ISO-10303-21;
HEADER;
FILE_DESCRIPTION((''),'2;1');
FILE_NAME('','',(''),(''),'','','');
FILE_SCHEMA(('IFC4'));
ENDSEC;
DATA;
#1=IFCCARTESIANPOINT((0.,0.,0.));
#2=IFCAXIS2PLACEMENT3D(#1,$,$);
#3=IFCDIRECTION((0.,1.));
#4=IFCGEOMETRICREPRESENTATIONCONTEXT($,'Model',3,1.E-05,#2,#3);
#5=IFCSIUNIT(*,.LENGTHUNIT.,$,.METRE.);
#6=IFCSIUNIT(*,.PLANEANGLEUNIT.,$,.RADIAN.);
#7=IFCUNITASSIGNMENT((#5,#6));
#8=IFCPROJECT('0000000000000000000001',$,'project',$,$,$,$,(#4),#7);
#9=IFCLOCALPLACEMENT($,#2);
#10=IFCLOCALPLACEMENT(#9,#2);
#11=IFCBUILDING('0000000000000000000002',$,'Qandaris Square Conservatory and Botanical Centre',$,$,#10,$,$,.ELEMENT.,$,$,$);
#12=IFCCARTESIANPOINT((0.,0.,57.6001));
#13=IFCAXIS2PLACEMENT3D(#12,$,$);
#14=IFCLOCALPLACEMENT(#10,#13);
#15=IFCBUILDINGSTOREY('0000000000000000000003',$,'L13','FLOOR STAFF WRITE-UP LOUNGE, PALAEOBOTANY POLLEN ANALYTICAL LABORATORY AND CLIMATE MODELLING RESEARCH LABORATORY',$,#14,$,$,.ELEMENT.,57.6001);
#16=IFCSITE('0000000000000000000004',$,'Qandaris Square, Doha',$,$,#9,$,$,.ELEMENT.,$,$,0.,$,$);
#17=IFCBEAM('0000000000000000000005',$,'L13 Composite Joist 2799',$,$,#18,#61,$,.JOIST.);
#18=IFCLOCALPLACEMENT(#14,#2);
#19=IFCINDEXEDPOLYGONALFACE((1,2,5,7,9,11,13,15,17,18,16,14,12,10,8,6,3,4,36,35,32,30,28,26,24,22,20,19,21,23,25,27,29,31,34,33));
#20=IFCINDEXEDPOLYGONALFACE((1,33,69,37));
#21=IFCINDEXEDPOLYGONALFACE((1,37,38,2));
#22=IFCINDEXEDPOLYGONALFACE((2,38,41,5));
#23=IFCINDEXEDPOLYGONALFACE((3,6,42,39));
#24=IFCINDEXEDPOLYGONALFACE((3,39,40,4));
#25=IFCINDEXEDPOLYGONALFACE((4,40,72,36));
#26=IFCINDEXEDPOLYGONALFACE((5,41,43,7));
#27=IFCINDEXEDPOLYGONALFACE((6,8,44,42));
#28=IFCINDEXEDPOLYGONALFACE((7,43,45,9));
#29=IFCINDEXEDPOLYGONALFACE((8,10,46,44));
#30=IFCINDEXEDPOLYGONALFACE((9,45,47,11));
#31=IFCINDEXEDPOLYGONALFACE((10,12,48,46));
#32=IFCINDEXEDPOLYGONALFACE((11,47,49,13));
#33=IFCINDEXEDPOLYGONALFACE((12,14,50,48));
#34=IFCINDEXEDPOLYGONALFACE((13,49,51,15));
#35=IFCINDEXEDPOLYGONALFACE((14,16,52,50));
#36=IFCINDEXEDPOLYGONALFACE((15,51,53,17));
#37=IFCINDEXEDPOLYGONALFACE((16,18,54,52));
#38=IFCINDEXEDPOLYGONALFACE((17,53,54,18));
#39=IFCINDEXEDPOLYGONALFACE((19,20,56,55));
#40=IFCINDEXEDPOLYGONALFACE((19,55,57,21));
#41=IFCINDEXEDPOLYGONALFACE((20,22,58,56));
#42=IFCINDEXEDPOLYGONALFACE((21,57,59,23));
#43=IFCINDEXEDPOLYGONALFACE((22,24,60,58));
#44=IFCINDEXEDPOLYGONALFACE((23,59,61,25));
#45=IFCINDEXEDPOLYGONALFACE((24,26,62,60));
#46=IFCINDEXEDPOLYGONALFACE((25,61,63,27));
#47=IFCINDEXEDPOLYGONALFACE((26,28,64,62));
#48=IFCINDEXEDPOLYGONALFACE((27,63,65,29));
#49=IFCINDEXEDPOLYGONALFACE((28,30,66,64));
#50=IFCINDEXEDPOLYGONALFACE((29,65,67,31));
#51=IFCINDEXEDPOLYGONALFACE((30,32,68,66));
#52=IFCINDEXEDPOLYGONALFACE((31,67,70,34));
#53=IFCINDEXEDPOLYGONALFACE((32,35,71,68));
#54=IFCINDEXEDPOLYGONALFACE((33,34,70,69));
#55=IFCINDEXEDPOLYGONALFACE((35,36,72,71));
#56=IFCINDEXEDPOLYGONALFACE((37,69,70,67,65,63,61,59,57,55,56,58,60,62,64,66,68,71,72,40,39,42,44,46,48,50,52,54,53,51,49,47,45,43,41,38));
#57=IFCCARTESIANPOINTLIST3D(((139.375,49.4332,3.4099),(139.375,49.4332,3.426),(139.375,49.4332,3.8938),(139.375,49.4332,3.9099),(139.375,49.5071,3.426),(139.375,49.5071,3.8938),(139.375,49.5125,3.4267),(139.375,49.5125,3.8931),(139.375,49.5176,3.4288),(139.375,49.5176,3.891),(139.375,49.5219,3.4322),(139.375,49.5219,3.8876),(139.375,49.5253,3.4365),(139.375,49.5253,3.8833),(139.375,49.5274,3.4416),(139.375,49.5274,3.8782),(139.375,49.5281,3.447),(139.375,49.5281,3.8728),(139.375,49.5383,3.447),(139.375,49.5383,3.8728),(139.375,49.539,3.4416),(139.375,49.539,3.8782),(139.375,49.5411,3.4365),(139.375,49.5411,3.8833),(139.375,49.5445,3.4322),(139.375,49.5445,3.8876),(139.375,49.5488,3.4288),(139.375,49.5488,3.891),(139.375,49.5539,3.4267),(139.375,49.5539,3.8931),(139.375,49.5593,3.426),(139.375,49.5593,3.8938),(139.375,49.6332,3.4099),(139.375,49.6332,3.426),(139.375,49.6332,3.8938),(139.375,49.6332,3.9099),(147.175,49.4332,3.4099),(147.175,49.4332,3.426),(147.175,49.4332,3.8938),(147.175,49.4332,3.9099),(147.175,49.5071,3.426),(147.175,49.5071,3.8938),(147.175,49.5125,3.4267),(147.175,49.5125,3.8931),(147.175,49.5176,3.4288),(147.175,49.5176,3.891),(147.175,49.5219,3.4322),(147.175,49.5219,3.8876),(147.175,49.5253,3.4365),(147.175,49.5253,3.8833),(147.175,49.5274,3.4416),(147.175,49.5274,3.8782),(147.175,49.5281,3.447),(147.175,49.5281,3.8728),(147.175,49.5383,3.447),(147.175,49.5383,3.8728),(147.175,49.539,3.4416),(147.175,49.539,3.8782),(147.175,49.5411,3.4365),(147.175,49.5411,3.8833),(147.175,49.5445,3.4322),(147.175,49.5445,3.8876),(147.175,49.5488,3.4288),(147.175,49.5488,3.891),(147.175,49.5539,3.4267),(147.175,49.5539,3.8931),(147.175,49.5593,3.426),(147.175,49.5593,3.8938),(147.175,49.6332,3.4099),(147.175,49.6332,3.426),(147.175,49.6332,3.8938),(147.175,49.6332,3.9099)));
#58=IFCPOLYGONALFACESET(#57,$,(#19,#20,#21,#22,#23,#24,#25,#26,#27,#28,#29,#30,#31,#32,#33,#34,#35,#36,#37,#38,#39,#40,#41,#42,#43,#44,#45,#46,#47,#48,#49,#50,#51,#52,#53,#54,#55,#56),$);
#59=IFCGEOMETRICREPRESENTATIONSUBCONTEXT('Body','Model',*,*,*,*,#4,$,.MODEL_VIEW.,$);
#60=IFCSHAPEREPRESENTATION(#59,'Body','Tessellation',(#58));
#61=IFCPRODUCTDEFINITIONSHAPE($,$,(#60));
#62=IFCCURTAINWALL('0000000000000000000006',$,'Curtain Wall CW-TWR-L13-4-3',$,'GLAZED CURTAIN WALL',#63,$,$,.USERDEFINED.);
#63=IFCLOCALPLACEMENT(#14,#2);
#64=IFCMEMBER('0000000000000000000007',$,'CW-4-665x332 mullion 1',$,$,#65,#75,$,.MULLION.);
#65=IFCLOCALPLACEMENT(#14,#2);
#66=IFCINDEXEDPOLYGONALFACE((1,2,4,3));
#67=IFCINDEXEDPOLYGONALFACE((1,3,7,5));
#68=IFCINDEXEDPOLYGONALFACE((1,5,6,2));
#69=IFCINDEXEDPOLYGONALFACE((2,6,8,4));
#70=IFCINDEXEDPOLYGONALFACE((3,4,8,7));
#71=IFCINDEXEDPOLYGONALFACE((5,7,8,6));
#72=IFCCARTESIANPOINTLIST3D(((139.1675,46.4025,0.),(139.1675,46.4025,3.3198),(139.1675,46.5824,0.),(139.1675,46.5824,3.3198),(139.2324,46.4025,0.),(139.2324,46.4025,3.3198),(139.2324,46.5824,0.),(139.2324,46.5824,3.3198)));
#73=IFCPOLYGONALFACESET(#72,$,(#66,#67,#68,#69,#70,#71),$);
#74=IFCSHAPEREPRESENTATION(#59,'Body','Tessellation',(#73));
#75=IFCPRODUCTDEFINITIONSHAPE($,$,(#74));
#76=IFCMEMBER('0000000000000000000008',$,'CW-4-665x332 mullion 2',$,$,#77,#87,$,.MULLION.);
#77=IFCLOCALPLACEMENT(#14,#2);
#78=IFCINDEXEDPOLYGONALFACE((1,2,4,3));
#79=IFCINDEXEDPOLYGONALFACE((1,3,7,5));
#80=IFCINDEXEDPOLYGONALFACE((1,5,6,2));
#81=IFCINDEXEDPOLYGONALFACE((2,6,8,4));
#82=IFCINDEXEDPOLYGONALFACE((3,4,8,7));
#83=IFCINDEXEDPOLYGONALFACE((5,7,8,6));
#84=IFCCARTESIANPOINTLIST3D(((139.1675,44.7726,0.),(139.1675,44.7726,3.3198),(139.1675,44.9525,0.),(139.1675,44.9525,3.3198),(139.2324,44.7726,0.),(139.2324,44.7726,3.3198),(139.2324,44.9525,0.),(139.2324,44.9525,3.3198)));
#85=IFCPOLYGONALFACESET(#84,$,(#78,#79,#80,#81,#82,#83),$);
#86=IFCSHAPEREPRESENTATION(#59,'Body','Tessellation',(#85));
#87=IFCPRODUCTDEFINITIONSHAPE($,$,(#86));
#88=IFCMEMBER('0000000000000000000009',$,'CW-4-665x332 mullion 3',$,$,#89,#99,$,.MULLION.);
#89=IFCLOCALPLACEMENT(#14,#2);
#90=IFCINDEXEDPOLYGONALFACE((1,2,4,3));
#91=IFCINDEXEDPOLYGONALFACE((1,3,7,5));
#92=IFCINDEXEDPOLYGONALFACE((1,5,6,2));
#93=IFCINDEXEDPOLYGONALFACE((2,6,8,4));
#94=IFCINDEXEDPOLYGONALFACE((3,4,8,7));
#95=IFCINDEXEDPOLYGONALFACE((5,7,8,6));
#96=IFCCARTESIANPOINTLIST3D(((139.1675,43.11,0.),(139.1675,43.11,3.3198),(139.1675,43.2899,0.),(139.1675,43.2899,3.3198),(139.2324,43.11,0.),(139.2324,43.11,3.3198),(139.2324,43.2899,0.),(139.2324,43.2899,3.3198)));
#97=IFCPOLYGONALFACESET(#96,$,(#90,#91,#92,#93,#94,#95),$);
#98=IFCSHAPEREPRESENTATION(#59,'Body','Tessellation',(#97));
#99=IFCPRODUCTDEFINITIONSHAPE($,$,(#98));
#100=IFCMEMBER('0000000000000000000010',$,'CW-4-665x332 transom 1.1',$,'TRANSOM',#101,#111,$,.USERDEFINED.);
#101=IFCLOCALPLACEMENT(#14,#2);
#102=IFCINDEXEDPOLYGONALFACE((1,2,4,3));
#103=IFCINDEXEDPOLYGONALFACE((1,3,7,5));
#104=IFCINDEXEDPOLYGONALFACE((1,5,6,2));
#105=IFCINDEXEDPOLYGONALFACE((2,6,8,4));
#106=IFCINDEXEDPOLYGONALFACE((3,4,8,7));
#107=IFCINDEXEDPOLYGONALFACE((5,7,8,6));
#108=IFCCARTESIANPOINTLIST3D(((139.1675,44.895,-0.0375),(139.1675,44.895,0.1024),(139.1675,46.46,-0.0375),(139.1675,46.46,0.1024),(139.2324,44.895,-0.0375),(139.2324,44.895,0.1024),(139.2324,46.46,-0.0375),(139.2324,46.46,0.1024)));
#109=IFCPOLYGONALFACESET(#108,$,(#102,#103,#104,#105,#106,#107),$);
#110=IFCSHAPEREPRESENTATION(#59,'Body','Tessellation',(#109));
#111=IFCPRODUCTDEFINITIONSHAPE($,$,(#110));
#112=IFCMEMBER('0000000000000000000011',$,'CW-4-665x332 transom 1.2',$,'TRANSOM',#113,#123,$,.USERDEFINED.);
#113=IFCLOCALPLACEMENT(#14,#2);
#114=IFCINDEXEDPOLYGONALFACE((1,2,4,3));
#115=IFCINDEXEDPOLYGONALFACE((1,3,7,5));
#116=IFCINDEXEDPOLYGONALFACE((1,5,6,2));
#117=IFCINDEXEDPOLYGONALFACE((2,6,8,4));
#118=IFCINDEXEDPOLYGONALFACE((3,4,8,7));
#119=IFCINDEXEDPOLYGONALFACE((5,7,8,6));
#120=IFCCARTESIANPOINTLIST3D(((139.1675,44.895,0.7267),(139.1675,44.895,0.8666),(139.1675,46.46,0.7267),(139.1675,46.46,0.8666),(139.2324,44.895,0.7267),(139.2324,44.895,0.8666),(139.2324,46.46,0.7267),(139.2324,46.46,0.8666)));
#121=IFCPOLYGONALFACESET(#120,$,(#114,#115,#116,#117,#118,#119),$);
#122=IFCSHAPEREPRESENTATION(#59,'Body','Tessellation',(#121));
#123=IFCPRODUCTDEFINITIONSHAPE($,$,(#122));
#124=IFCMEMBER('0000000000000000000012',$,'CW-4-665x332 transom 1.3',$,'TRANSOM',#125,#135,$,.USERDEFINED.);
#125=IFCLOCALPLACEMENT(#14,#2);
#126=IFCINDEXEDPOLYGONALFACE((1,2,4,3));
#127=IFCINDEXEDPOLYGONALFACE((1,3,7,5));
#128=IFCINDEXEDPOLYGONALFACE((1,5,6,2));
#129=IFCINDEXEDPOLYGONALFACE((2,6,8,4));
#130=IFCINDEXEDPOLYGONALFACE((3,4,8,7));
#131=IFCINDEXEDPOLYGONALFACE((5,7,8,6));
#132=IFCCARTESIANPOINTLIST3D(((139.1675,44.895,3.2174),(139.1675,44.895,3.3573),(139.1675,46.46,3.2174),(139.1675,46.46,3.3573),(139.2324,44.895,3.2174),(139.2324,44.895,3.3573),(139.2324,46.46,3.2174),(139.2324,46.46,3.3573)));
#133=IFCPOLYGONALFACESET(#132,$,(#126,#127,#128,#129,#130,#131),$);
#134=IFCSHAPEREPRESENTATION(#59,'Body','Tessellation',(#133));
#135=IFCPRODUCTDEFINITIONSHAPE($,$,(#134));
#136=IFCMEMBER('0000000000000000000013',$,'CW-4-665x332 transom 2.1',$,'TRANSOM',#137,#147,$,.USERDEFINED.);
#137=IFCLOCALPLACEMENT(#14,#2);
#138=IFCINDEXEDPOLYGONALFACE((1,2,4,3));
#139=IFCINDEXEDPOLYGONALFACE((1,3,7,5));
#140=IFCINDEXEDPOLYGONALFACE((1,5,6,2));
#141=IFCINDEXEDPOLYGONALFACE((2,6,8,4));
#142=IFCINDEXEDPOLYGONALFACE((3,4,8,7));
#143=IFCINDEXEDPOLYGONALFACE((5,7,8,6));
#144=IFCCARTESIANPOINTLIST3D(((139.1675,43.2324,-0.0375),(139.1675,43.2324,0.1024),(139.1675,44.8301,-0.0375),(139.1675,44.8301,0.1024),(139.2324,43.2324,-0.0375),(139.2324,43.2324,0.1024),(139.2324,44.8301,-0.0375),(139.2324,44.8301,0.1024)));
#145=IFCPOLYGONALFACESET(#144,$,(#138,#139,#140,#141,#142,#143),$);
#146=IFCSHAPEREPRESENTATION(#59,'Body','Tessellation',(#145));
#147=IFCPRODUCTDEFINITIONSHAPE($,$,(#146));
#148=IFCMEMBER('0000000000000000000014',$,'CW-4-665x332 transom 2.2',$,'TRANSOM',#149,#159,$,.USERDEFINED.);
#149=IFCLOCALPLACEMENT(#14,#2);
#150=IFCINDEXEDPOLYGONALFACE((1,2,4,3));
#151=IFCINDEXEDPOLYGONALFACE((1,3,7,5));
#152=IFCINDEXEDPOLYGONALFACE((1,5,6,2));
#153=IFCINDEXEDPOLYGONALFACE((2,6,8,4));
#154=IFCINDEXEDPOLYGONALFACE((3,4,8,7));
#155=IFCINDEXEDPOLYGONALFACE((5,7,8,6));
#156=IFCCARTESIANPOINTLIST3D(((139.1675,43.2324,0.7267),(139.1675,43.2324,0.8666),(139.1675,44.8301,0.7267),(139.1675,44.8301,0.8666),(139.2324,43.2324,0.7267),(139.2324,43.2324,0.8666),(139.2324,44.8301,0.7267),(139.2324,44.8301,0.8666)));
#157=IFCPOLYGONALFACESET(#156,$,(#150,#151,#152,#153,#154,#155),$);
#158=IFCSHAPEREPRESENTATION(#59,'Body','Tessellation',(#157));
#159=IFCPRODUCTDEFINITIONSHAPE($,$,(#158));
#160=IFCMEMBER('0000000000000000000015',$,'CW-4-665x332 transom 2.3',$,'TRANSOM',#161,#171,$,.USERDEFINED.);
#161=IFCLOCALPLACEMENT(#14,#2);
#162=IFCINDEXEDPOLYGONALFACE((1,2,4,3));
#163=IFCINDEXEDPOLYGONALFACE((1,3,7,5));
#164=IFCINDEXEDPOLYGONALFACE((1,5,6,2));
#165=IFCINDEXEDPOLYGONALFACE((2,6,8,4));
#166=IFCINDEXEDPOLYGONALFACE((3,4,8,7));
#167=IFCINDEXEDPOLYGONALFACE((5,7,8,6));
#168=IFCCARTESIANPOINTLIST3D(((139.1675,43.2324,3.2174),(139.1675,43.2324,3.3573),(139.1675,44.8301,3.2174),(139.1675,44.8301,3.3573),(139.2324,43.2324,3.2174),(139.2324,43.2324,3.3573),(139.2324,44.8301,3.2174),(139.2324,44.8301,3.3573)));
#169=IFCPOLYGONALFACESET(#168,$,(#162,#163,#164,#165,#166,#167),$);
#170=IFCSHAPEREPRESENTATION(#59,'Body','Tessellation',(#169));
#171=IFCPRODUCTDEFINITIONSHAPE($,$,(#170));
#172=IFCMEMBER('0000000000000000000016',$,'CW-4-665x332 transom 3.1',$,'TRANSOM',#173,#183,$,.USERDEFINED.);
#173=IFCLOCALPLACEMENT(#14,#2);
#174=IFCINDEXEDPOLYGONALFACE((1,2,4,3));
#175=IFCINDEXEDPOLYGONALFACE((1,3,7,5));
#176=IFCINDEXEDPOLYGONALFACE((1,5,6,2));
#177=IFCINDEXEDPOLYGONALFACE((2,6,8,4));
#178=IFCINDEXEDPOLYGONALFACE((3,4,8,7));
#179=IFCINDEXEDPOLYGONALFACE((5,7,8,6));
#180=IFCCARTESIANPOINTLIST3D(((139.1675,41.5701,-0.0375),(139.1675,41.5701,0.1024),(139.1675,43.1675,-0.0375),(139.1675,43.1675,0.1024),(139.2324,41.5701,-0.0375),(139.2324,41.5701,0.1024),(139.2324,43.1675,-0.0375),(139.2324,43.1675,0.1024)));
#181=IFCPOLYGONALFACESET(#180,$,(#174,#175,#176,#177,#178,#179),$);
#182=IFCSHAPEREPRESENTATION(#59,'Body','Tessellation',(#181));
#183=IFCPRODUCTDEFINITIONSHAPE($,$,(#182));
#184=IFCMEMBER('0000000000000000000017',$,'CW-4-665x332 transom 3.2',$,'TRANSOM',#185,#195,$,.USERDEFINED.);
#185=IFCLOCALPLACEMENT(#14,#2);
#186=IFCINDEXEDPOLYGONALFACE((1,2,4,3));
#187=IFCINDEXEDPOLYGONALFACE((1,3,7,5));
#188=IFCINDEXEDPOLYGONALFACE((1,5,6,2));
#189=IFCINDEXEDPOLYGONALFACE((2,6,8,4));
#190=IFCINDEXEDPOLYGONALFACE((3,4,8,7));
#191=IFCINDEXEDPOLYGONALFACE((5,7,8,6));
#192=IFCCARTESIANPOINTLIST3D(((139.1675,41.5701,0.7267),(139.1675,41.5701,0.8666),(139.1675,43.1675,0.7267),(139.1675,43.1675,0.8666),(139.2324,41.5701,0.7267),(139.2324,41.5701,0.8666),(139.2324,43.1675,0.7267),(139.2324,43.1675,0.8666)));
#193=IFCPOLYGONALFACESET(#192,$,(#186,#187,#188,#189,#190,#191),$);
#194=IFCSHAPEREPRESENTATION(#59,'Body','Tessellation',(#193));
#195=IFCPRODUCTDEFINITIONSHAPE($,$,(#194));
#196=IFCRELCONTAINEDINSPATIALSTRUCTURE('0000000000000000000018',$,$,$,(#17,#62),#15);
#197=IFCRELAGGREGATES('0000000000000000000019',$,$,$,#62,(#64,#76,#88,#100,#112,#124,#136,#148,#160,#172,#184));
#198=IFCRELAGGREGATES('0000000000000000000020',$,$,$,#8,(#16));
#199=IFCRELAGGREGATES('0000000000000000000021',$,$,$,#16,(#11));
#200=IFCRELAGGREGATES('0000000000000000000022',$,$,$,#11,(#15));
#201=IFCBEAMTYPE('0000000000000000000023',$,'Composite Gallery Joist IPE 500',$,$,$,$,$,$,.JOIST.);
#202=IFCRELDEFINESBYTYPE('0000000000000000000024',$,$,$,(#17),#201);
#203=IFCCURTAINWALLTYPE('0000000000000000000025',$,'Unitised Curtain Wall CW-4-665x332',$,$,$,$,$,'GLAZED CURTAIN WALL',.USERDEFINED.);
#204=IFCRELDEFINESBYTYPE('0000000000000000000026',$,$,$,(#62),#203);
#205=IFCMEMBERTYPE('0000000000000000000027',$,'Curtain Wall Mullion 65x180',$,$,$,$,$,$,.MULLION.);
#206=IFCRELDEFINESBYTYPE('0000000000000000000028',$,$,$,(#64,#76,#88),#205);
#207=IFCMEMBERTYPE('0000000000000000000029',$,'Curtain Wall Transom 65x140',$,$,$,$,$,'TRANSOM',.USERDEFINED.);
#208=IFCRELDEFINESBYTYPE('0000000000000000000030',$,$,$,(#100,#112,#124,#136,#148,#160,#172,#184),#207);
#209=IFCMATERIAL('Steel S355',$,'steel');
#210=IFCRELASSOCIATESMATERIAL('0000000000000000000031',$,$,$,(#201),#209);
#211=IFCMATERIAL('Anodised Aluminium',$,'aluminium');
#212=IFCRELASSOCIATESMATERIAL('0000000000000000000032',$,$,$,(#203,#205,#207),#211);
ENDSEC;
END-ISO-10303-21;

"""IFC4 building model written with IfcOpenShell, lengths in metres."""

from ifc_helpers import new_model, si_unit, direction, frame, origin, origin_2d, place, context, subcontext, project, spatial, rectangle, i_section, extrude, material, material_profile, profile_set, type_object, element, aggregate, save


model = new_model("IFC4")

# Units and contexts
model_context = context("Model", 3, precision=1e-05, world=origin(), true_north=direction((0.0, 1.0)))
body_context = subcontext(model_context, "Body", "Model", "MODEL_VIEW")
ifc_project = project(units=[si_unit("LENGTHUNIT", "METRE"), si_unit("PLANEANGLEUNIT", "RADIAN")], contexts=[model_context])

# Site, building, storey
site_placement = place(None, origin())
site = spatial("IfcSite", under=ifc_project, at=site_placement, Name="Qandaris Square, Doha", CompositionType="ELEMENT", RefElevation=0.0)
building_placement = place(site_placement, origin())
building = spatial("IfcBuilding", under=site, at=building_placement, Name="Qandaris Square Conservatory and Botanical Centre", CompositionType="ELEMENT")
storey_placement = place(building_placement, frame((0.0, 0.0, 57.6001)))
storey = spatial("IfcBuildingStorey", under=building, at=storey_placement, Name="L13", Description="FLOOR STAFF WRITE-UP LOUNGE, PALAEOBOTANY POLLEN ANALYTICAL LABORATORY AND CLIMATE MODELLING RESEARCH LABORATORY", CompositionType="ELEMENT", Elevation=57.6001)

# Beam
ifc_material_1 = material(Name="Steel S355", Category="steel")
ifc_material_profile_1 = material_profile(ifc_material_1, i_section(OverallWidth=0.2, OverallDepth=0.5, WebThickness=0.0103, FlangeThickness=0.0161, FilletRadius=0.021, at=origin_2d()), Name="IPE 500")
ifc_profile_set_1 = profile_set([ifc_material_profile_1], Name="Steel S355")
beam_type_1 = type_object("IfcBeamType", Name="Composite Gallery Joist IPE 500", PredefinedType="JOIST", material=ifc_profile_set_1)
beam_1_placement = place(storey_placement, frame((139.375, 49.5332, 3.6599), z_axis=(1.0, 0.0, 0.0), x_axis=(0.0, 1.0, 0.0)))
element("IfcBeam", 1, at=beam_1_placement, inside=storey, type_object=beam_type_1, Name="L13 Composite Joist 2799", PredefinedType="JOIST", context=body_context, shape_type="SweptSolid", body=[
    extrude(i_section(OverallWidth=0.2, OverallDepth=0.5, WebThickness=0.0103, FlangeThickness=0.0161, FilletRadius=0.021, at=origin_2d()), origin(), (0.0, 0.0, 1.0), 7.8),
])

# Curtain wall, members
ifc_material_2 = material(Name="Anodised Aluminium", Category="aluminium")
curtain_wall_type = type_object("IfcCurtainWallType", Name="Unitised Curtain Wall CW-4-665x332", ElementType="GLAZED CURTAIN WALL", PredefinedType="USERDEFINED", material=ifc_material_2)
curtain_wall_placement = place(storey_placement, origin())
curtain_wall = element("IfcCurtainWall", 2, at=curtain_wall_placement, inside=storey, type_object=curtain_wall_type, Name="Curtain Wall CW-TWR-L13-4-3", ObjectType="GLAZED CURTAIN WALL", PredefinedType="USERDEFINED")
ifc_material_profile_2 = material_profile(ifc_material_2, rectangle(XDim=0.0649, YDim=0.1799, at=origin_2d()), Name="ALU-MUL 65x180")
ifc_profile_set_2 = profile_set([ifc_material_profile_2], Name="Anodised Aluminium")
member_type_1 = type_object("IfcMemberType", Name="Curtain Wall Mullion 65x180", PredefinedType="MULLION", material=ifc_profile_set_2)
member_1_placement = place(storey_placement, frame((139.2, 46.4924, 0.0), z_axis=(0.0, 0.0, 1.0), x_axis=(1.0, 0.0, 0.0)))
member_1 = element("IfcMember", 3, at=member_1_placement, type_object=member_type_1, Name="CW-4-665x332 mullion 1", PredefinedType="MULLION", context=body_context, shape_type="SweptSolid", body=[
    extrude(rectangle(XDim=0.0649, YDim=0.1799, at=origin_2d()), origin(), (0.0, 0.0, 1.0), 3.3198),
])
member_2_placement = place(storey_placement, frame((139.2, 44.8625, 0.0), z_axis=(0.0, 0.0, 1.0), x_axis=(1.0, 0.0, 0.0)))
member_2 = element("IfcMember", 4, at=member_2_placement, type_object=member_type_1, Name="CW-4-665x332 mullion 2", PredefinedType="MULLION", context=body_context, shape_type="SweptSolid", body=[
    extrude(rectangle(XDim=0.0649, YDim=0.1799, at=origin_2d()), origin(), (0.0, 0.0, 1.0), 3.3198),
])
member_3_placement = place(storey_placement, frame((139.2, 43.2, 0.0), z_axis=(0.0, 0.0, 1.0), x_axis=(1.0, 0.0, 0.0)))
member_3 = element("IfcMember", 5, at=member_3_placement, type_object=member_type_1, Name="CW-4-665x332 mullion 3", PredefinedType="MULLION", context=body_context, shape_type="SweptSolid", body=[
    extrude(rectangle(XDim=0.0649, YDim=0.1799, at=origin_2d()), origin(), (0.0, 0.0, 1.0), 3.3198),
])
ifc_material_profile_3 = material_profile(ifc_material_2, rectangle(XDim=0.0649, YDim=0.1399, at=origin_2d()), Name="ALU-TRN 65x140")
ifc_profile_set_3 = profile_set([ifc_material_profile_3], Name="Anodised Aluminium")
member_type_2 = type_object("IfcMemberType", Name="Curtain Wall Transom 65x140", ElementType="TRANSOM", PredefinedType="USERDEFINED", material=ifc_profile_set_3)
member_4_placement = place(storey_placement, frame((139.2, 46.46, 0.0325), z_axis=(0.0, -1.0, 0.0), x_axis=(1.0, 0.0, 0.0)))
member_4 = element("IfcMember", 6, at=member_4_placement, type_object=member_type_2, Name="CW-4-665x332 transom 1.1", ObjectType="TRANSOM", PredefinedType="USERDEFINED", context=body_context, shape_type="SweptSolid", body=[
    extrude(rectangle(XDim=0.0649, YDim=0.1399, at=origin_2d()), origin(), (0.0, 0.0, 1.0), 1.5649),
])
member_5_placement = place(storey_placement, frame((139.2, 46.46, 0.7966), z_axis=(0.0, -1.0, 0.0), x_axis=(1.0, 0.0, 0.0)))
member_5 = element("IfcMember", 7, at=member_5_placement, type_object=member_type_2, Name="CW-4-665x332 transom 1.2", ObjectType="TRANSOM", PredefinedType="USERDEFINED", context=body_context, shape_type="SweptSolid", body=[
    extrude(rectangle(XDim=0.0649, YDim=0.1399, at=origin_2d()), origin(), (0.0, 0.0, 1.0), 1.5649),
])
member_6_placement = place(storey_placement, frame((139.2, 46.46, 3.2874), z_axis=(0.0, -1.0, 0.0), x_axis=(1.0, 0.0, 0.0)))
member_6 = element("IfcMember", 8, at=member_6_placement, type_object=member_type_2, Name="CW-4-665x332 transom 1.3", ObjectType="TRANSOM", PredefinedType="USERDEFINED", context=body_context, shape_type="SweptSolid", body=[
    extrude(rectangle(XDim=0.0649, YDim=0.1399, at=origin_2d()), origin(), (0.0, 0.0, 1.0), 1.5649),
])
member_7_placement = place(storey_placement, frame((139.2, 44.8301, 0.0325), z_axis=(0.0, -1.0, 0.0), x_axis=(1.0, 0.0, 0.0)))
member_7 = element("IfcMember", 9, at=member_7_placement, type_object=member_type_2, Name="CW-4-665x332 transom 2.1", ObjectType="TRANSOM", PredefinedType="USERDEFINED", context=body_context, shape_type="SweptSolid", body=[
    extrude(rectangle(XDim=0.0649, YDim=0.1399, at=origin_2d()), origin(), (0.0, 0.0, 1.0), 1.5977),
])
member_8_placement = place(storey_placement, frame((139.2, 44.8301, 0.7966), z_axis=(0.0, -1.0, 0.0), x_axis=(1.0, 0.0, 0.0)))
member_8 = element("IfcMember", 10, at=member_8_placement, type_object=member_type_2, Name="CW-4-665x332 transom 2.2", ObjectType="TRANSOM", PredefinedType="USERDEFINED", context=body_context, shape_type="SweptSolid", body=[
    extrude(rectangle(XDim=0.0649, YDim=0.1399, at=origin_2d()), origin(), (0.0, 0.0, 1.0), 1.5977),
])
member_9_placement = place(storey_placement, frame((139.2, 44.8301, 3.2874), z_axis=(0.0, -1.0, 0.0), x_axis=(1.0, 0.0, 0.0)))
member_9 = element("IfcMember", 11, at=member_9_placement, type_object=member_type_2, Name="CW-4-665x332 transom 2.3", ObjectType="TRANSOM", PredefinedType="USERDEFINED", context=body_context, shape_type="SweptSolid", body=[
    extrude(rectangle(XDim=0.0649, YDim=0.1399, at=origin_2d()), origin(), (0.0, 0.0, 1.0), 1.5977),
])
member_10_placement = place(storey_placement, frame((139.2, 43.1675, 0.0325), z_axis=(0.0, -1.0, 0.0), x_axis=(1.0, 0.0, 0.0)))
member_10 = element("IfcMember", 12, at=member_10_placement, type_object=member_type_2, Name="CW-4-665x332 transom 3.1", ObjectType="TRANSOM", PredefinedType="USERDEFINED", context=body_context, shape_type="SweptSolid", body=[
    extrude(rectangle(XDim=0.0649, YDim=0.1399, at=origin_2d()), origin(), (0.0, 0.0, 1.0), 1.5974),
])
member_11_placement = place(storey_placement, frame((139.2, 43.1675, 0.7966), z_axis=(0.0, -1.0, 0.0), x_axis=(1.0, 0.0, 0.0)))
member_11 = element("IfcMember", 13, at=member_11_placement, type_object=member_type_2, Name="CW-4-665x332 transom 3.2", ObjectType="TRANSOM", PredefinedType="USERDEFINED", context=body_context, shape_type="SweptSolid", body=[
    extrude(rectangle(XDim=0.0649, YDim=0.1399, at=origin_2d()), origin(), (0.0, 0.0, 1.0), 1.5974),
])

aggregate(curtain_wall, [member_1, member_2, member_3, member_4, member_5, member_6, member_7, member_8, member_9, member_10, member_11])

save(model, "model.ifc")
